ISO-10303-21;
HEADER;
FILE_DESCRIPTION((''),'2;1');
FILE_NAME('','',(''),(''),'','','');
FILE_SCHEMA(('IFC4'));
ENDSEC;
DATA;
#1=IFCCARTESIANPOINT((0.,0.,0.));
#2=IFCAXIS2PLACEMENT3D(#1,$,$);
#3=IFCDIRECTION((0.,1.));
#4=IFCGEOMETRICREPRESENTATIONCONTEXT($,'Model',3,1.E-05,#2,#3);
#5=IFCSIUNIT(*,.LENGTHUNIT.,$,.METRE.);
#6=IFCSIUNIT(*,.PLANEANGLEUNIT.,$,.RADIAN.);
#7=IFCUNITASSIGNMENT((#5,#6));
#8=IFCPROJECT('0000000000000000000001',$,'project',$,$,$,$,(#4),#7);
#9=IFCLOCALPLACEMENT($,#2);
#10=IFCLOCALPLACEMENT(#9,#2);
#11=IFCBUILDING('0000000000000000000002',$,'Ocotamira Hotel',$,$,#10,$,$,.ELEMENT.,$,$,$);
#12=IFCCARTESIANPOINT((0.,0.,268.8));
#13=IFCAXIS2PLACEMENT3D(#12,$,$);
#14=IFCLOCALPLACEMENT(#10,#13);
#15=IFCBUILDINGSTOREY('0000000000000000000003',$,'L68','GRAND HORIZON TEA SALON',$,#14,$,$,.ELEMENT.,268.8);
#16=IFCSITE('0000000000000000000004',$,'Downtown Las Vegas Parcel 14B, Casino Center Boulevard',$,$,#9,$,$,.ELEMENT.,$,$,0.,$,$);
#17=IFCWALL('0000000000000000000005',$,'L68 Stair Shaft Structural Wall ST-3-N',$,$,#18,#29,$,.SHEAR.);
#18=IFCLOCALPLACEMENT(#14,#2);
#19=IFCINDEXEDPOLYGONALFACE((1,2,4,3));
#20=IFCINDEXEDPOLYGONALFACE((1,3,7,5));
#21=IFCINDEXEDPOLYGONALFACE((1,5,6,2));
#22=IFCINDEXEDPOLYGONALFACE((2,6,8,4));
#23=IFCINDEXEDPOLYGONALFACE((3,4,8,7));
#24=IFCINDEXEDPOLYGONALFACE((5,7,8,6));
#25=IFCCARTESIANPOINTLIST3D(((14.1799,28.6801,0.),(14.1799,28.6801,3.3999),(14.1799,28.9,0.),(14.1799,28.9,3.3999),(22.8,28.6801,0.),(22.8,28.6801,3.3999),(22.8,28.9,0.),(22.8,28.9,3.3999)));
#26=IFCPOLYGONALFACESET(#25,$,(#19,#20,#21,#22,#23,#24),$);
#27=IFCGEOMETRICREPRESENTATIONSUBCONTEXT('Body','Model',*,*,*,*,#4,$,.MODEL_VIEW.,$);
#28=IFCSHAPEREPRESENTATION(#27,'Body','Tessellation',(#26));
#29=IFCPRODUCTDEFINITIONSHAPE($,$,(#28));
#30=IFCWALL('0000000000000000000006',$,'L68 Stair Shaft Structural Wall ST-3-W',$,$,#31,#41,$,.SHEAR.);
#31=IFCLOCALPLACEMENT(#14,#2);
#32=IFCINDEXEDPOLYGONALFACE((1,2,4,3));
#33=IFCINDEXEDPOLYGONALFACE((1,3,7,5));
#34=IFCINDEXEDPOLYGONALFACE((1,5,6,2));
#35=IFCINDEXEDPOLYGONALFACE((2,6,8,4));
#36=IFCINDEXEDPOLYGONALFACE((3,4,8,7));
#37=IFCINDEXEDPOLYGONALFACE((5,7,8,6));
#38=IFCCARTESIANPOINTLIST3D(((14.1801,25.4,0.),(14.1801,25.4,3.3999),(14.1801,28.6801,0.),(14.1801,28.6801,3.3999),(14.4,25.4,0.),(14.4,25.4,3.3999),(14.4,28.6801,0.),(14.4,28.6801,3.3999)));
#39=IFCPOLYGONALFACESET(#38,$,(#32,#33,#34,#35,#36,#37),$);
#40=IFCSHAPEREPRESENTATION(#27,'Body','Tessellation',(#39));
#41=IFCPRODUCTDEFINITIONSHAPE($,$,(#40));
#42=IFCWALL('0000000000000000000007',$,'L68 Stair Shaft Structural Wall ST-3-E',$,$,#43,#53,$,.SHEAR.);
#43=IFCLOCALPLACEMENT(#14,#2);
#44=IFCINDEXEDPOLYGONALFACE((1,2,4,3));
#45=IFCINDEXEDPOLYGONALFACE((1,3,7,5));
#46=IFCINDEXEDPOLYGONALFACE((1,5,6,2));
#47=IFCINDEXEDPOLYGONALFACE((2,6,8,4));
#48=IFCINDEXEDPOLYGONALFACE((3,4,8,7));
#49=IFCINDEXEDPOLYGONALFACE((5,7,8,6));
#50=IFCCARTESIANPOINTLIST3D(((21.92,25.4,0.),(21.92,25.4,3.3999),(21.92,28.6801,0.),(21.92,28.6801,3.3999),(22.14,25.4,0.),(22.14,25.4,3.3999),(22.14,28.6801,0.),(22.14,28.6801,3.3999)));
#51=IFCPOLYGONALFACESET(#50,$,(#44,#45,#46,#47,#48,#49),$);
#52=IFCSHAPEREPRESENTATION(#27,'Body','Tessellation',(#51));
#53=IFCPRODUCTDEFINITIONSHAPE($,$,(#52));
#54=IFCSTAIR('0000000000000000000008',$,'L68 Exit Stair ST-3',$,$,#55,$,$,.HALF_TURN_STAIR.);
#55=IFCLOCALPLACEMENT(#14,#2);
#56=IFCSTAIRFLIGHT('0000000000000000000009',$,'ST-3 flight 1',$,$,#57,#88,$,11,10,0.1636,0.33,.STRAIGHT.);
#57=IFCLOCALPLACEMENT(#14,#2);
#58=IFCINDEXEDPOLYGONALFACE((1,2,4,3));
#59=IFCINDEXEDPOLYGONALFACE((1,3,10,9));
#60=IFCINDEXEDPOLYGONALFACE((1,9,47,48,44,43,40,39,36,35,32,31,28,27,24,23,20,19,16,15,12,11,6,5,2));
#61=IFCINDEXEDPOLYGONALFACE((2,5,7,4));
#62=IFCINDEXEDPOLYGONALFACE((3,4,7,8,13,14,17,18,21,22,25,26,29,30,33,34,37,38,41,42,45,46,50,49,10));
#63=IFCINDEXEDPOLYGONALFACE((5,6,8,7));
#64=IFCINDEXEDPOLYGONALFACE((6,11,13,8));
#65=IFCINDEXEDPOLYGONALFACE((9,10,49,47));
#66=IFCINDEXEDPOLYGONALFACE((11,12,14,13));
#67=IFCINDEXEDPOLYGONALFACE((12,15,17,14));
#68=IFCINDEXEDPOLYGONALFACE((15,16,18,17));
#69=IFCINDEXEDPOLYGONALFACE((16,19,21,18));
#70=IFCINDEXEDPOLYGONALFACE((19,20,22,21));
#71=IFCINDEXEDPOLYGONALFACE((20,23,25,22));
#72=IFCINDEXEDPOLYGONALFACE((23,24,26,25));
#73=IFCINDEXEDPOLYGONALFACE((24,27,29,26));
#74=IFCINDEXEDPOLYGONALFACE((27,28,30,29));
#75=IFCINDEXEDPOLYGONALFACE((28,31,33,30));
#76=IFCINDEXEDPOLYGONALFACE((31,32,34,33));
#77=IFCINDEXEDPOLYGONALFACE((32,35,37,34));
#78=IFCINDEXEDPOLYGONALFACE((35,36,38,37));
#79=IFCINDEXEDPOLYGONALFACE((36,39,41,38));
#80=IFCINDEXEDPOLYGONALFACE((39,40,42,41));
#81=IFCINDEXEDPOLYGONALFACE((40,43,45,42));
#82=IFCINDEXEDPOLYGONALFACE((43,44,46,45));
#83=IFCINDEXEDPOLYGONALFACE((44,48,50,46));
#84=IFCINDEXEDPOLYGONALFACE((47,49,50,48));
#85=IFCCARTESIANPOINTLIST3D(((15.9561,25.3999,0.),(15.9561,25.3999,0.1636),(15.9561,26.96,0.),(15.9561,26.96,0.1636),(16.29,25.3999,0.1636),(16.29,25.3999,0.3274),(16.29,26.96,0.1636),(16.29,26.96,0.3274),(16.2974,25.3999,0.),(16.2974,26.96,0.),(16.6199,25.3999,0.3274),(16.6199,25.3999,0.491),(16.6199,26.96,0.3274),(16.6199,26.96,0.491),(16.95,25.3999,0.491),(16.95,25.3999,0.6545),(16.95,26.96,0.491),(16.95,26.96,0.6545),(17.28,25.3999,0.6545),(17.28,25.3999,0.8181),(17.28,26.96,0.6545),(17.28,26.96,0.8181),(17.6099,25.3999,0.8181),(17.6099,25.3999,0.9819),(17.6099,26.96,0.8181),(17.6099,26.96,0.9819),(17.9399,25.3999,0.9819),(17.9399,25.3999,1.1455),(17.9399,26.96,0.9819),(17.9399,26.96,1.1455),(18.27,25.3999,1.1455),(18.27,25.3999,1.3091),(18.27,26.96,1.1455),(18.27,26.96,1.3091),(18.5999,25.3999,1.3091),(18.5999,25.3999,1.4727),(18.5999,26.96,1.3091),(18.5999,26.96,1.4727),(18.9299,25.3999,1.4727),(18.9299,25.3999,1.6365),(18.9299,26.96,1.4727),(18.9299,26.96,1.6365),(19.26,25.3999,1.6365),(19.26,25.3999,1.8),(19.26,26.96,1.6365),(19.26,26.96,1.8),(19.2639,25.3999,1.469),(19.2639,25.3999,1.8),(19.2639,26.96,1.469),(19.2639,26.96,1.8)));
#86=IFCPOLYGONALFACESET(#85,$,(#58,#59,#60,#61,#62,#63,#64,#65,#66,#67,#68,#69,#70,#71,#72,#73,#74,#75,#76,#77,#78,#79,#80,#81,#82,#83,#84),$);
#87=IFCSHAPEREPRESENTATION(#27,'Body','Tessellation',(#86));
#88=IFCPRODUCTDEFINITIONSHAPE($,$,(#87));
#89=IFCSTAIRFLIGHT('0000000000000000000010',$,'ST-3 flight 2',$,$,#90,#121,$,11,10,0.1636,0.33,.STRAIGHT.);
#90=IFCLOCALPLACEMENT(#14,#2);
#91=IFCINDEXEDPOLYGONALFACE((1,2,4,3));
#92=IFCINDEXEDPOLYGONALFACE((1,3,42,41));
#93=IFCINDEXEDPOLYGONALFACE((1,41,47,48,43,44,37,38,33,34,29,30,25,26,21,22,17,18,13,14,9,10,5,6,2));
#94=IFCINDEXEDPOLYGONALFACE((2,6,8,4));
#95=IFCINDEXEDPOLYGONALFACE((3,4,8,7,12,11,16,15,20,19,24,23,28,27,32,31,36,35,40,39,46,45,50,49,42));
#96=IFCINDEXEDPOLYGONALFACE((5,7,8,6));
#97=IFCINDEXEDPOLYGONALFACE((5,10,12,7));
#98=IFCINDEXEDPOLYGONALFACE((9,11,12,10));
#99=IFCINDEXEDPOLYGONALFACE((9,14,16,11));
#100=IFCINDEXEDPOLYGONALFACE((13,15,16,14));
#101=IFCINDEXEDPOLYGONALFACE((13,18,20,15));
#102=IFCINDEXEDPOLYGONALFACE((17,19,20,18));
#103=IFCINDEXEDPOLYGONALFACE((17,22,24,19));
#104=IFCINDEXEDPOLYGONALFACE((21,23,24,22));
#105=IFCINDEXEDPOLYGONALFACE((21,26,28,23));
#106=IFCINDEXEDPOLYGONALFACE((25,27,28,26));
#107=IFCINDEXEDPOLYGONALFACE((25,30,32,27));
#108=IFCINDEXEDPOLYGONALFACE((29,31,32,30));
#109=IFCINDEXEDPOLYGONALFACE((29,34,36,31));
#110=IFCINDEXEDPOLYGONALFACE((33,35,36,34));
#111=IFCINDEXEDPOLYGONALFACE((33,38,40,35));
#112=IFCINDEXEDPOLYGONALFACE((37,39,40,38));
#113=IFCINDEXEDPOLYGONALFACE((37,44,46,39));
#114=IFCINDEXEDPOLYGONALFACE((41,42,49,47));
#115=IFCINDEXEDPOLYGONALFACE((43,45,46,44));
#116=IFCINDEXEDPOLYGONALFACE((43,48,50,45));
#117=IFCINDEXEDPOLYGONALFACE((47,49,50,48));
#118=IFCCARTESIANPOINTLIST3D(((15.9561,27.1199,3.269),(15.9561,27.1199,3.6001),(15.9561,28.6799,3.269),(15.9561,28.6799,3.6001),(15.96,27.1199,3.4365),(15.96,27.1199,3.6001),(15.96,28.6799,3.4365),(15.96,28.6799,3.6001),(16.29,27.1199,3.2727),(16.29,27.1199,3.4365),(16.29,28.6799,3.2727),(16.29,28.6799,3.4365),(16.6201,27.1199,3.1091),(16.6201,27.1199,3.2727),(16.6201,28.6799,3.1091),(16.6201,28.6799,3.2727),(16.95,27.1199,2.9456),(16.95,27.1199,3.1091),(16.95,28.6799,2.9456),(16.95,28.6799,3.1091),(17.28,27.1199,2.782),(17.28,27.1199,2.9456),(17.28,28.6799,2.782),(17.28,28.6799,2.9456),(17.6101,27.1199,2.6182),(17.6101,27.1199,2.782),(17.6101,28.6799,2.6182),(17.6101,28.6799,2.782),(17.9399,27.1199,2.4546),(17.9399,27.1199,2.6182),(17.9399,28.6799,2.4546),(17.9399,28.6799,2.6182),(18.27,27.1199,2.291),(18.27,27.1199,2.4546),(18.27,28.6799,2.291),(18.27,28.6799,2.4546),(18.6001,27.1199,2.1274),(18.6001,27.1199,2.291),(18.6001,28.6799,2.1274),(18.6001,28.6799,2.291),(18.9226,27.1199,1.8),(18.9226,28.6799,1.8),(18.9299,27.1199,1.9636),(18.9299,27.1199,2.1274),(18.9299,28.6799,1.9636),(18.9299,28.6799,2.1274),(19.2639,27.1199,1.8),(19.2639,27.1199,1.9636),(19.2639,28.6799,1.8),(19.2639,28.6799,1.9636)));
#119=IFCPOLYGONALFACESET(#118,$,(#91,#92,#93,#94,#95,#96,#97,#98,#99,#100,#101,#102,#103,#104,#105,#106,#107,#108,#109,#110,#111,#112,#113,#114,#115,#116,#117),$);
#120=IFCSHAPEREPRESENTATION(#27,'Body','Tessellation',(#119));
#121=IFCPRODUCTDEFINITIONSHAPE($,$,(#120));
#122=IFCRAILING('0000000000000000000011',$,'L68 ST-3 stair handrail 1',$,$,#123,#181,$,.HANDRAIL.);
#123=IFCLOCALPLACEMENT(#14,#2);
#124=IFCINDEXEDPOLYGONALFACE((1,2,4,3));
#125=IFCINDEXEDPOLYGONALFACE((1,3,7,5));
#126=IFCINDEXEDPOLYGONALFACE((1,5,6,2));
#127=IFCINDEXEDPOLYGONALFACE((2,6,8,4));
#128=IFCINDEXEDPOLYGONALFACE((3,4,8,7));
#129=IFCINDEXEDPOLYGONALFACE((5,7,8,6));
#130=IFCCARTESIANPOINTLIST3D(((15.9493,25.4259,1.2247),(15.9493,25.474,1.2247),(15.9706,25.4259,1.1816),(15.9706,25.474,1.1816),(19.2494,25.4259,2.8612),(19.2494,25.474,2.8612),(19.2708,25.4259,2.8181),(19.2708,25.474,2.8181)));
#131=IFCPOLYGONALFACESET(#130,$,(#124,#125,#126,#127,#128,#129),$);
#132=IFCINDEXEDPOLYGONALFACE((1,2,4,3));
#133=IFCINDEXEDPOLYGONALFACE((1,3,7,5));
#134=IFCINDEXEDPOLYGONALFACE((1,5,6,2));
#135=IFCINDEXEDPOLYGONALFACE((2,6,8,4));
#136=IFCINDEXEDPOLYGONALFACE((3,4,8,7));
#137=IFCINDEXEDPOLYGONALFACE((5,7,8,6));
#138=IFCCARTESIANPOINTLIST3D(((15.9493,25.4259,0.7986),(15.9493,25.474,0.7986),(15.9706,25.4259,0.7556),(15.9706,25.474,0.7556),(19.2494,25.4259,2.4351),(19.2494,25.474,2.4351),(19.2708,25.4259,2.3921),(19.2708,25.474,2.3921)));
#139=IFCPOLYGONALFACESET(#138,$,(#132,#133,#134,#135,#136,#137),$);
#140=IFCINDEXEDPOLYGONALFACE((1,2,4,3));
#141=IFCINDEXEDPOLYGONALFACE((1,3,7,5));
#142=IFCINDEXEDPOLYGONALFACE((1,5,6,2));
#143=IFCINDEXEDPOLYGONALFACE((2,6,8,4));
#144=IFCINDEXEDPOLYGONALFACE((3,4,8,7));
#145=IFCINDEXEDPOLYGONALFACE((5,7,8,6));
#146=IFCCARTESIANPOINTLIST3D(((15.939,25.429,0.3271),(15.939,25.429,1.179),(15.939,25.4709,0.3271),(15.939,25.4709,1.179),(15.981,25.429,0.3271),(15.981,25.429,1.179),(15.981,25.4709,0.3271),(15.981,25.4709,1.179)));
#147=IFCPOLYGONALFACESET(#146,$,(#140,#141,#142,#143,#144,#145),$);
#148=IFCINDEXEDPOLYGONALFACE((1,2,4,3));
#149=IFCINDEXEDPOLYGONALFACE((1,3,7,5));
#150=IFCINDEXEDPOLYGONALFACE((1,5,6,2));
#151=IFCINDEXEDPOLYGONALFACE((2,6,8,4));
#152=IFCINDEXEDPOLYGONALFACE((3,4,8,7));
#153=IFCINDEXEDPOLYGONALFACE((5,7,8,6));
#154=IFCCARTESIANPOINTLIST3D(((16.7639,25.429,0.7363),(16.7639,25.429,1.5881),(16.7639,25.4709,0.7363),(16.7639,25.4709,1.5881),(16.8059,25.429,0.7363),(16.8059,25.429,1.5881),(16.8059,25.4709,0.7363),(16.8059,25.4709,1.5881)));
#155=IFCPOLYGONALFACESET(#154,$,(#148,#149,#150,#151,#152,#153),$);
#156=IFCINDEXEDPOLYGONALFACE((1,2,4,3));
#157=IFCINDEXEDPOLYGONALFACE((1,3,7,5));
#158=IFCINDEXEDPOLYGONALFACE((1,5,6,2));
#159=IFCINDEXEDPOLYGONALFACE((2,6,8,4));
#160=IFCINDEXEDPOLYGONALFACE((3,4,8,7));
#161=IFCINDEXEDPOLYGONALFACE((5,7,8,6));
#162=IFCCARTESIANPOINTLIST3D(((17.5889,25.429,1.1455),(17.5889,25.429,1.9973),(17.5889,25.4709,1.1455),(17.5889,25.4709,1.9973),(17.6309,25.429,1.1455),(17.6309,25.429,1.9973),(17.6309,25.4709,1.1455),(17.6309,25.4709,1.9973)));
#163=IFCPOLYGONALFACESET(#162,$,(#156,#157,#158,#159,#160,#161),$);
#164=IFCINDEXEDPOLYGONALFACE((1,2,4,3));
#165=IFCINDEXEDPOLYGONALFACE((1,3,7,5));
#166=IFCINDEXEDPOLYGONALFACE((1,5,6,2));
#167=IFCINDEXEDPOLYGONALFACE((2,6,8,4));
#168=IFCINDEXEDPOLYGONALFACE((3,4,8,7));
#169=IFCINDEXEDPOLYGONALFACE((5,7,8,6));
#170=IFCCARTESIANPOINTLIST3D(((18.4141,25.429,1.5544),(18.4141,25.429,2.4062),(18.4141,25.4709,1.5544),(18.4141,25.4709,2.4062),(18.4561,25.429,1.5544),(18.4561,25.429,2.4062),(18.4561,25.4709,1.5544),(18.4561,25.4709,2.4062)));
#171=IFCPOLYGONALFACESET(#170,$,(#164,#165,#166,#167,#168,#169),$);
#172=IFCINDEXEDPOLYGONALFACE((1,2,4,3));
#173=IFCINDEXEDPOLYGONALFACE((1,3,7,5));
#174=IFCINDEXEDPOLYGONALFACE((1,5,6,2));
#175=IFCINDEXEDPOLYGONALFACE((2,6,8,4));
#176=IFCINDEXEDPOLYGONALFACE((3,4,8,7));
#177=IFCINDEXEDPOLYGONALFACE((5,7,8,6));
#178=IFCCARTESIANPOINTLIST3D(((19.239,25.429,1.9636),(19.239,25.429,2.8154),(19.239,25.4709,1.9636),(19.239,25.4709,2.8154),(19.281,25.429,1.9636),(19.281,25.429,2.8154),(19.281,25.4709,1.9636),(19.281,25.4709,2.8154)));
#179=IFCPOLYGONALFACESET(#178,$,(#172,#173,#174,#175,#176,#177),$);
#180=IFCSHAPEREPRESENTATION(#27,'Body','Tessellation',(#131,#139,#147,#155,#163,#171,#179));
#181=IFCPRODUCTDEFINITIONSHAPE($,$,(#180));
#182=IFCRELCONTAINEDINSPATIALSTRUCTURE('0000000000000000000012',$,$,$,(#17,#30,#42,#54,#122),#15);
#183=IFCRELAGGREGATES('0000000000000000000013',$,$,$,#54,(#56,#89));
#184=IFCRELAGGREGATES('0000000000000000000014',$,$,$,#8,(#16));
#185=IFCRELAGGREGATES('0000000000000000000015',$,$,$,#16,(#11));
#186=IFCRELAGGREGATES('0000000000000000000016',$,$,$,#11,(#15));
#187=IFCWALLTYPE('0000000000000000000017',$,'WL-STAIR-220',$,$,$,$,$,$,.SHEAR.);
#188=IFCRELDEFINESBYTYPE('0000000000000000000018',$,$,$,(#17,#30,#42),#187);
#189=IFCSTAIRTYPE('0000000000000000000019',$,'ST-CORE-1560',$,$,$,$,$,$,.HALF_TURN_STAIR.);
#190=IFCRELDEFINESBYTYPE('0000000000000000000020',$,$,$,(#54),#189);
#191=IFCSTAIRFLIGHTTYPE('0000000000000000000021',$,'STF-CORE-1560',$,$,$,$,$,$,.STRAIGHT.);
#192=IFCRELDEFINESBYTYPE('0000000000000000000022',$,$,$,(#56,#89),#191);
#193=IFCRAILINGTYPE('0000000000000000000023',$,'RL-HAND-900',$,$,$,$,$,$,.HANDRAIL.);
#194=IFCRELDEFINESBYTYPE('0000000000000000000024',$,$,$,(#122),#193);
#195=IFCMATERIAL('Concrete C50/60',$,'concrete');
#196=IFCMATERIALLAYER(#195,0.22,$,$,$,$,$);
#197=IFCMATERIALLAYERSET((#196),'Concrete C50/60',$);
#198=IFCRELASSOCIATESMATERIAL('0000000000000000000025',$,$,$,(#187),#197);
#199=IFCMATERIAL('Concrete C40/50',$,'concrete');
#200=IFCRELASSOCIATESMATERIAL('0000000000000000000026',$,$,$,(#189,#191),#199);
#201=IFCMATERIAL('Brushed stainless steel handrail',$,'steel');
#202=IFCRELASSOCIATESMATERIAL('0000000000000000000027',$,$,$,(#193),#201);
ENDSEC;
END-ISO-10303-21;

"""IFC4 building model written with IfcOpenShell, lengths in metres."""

from ifc_helpers import new_model, si_unit, direction, frame, frame_2d, origin, origin_2d, place, context, subcontext, project, spatial, polyline, rectangle, outline, extrude, source, transform, mapped, material, layer, layer_set, type_object, element, aggregate, save


model = new_model("IFC4")

# Units and contexts
model_context = context("Model", 3, precision=1e-05, world=origin(), true_north=direction((0.0, 1.0)))
body_context = subcontext(model_context, "Body", "Model", "MODEL_VIEW")
ifc_project = project(units=[si_unit("LENGTHUNIT", "METRE"), si_unit("PLANEANGLEUNIT", "RADIAN")], contexts=[model_context])

# Site, building, storey
site_placement = place(None, origin())
site = spatial("IfcSite", under=ifc_project, at=site_placement, Name="Downtown Las Vegas Parcel 14B, Casino Center Boulevard", CompositionType="ELEMENT", RefElevation=0.0)
building_placement = place(site_placement, origin())
building = spatial("IfcBuilding", under=site, at=building_placement, Name="Ocotamira Hotel", CompositionType="ELEMENT")
storey_placement = place(building_placement, frame((0.0, 0.0, 268.8)))
storey = spatial("IfcBuildingStorey", under=building, at=storey_placement, Name="L68", Description="GRAND HORIZON TEA SALON", CompositionType="ELEMENT", Elevation=268.8)

# Walls
ifc_material_1 = material(Name="Concrete C50/60", Category="concrete")
ifc_layer_1 = layer(ifc_material_1, 0.22)
ifc_layer_set_1 = layer_set([ifc_layer_1], Name="Concrete C50/60")
wall_type_1 = type_object("IfcWallType", Name="WL-STAIR-220", PredefinedType="SHEAR", material=ifc_layer_set_1)
wall_1_placement = place(storey_placement, frame((14.1799, 28.79, 0.0), z_axis=(0.0, 0.0, 1.0), x_axis=(1.0, 0.0, 0.0)))
element("IfcWall", 1, at=wall_1_placement, inside=storey, type_object=wall_type_1, Name="L68 Stair Shaft Structural Wall ST-3-N", PredefinedType="SHEAR", context=body_context, shape_type="SweptSolid", body=[
    extrude(rectangle(XDim=8.6201, YDim=0.22, at=frame_2d((4.3101, 0.0))), origin(), (0.0, 0.0, 1.0), 3.3999),
])
for number, where, z_axis, x_axis, name in (
    (2, (14.29, 25.3999, 0.0), (0.0, 0.0, 1.0), (0.0, 1.0, 0.0), "L68 Stair Shaft Structural Wall ST-3-W"),
    (3, (22.03, 25.3999, 0.0), (0.0, 0.0, 1.0), (0.0, 1.0, 0.0), "L68 Stair Shaft Structural Wall ST-3-E"),
):
    element("IfcWall", number, at=place(storey_placement, frame(where, z_axis=z_axis, x_axis=x_axis)), inside=storey, type_object=wall_type_1, Name=name, PredefinedType="SHEAR", context=body_context, shape_type="SweptSolid", body=[
        extrude(rectangle(XDim=3.28, YDim=0.22, at=frame_2d((1.6401, 0.0))), origin(), (0.0, 0.0, 1.0), 3.3999),
    ])

# Stair, stair flights
ifc_material_2 = material(Name="Concrete C40/50", Category="concrete")
stair_type = type_object("IfcStairType", Name="ST-CORE-1560", PredefinedType="HALF_TURN_STAIR", material=ifc_material_2)
stair_placement = place(storey_placement, origin())
stair = element("IfcStair", 4, at=stair_placement, inside=storey, type_object=stair_type, Name="L68 Exit Stair ST-3", PredefinedType="HALF_TURN_STAIR")
stair_flight_type = type_object("IfcStairFlightType", Name="STF-CORE-1560", PredefinedType="STRAIGHT", material=ifc_material_2)
shared_shape_1 = source(origin(), body_context, "Body", "SweptSolid", [
    extrude(outline(polyline([(-0.0039, 0.0), (-0.0039, 0.1636), (0.3301, 0.1636), (0.3301, 0.3274), (0.6599, 0.3274), (0.6599, 0.491), (0.99, 0.491), (0.99, 0.6545), (1.3201, 0.6545), (1.3201, 0.8181), (1.6499, 0.8181), (1.6499, 0.9819), (1.98, 0.9819), (1.98, 1.1455), (2.3101, 1.1455), (2.3101, 1.3091), (2.6399, 1.3091), (2.6399, 1.4727), (2.97, 1.4727), (2.97, 1.6365), (3.3, 1.6365), (3.3, 1.8), (3.304, 1.8), (3.304, 1.469), (0.3374, 0.0), (-0.0039, 0.0)])), frame((0.0, 0.78, 0.0), z_axis=(0.0, -1.0, 0.0), x_axis=(1.0, 0.0, 0.0)), (0.0, 0.0, 1.0), 1.5601),
])
stair_flight_1_placement = place(storey_placement, frame((15.96, 26.1799, 0.0), z_axis=(0.0, 0.0, 1.0), x_axis=(1.0, 0.0, 0.0)))
stair_flight_1 = element("IfcStairFlight", 5, at=stair_flight_1_placement, type_object=stair_flight_type, Name="ST-3 flight 1", NumberOfRisers=11, NumberOfTreads=10, PredefinedType="STRAIGHT", RiserHeight=0.1636, TreadLength=0.33, context=body_context, shape_type="MappedRepresentation", body=[
    mapped(shared_shape_1, transform((0.0, 0.0, 0.0), scale=1.0)),
])
stair_flight_2_placement = place(storey_placement, frame((19.26, 27.8999, 1.8), z_axis=(0.0, 0.0, 1.0), x_axis=(-1.0, 0.0, 0.0)))
stair_flight_2 = element("IfcStairFlight", 6, at=stair_flight_2_placement, type_object=stair_flight_type, Name="ST-3 flight 2", NumberOfRisers=11, NumberOfTreads=10, PredefinedType="STRAIGHT", RiserHeight=0.1636, TreadLength=0.33, context=body_context, shape_type="MappedRepresentation", body=[
    mapped(shared_shape_1, transform((0.0, 0.0, 0.0), scale=1.0)),
])
aggregate(stair, [stair_flight_1, stair_flight_2])

# Railing
ifc_material_3 = material(Name="Brushed stainless steel handrail", Category="steel")
railing_type_1 = type_object("IfcRailingType", Name="RL-HAND-900", PredefinedType="HANDRAIL", material=ifc_material_3)
railing_1_placement = place(storey_placement, frame((15.96, 25.45, 0.3271)))
element("IfcRailing", 7, at=railing_1_placement, inside=storey, type_object=railing_type_1, Name="L68 ST-3 stair handrail 1", PredefinedType="HANDRAIL", context=body_context, shape_type="SweptSolid", body=[
    extrude(rectangle(XDim=0.0481, YDim=0.0481, at=origin_2d()), frame((0.0, 0.0, 0.876), z_axis=(0.895894, 0.0, 0.444268), x_axis=(0.0, 1.0, 0.0)), (0.0, 0.0, 1.0), 3.6836),
    extrude(rectangle(XDim=0.0481, YDim=0.0481, at=origin_2d()), frame((0.0, 0.0, 0.45), z_axis=(0.895894, 0.0, 0.444268), x_axis=(0.0, 1.0, 0.0)), (0.0, 0.0, 1.0), 3.6836),
    extrude(rectangle(XDim=0.042, YDim=0.042, at=origin_2d()), origin(), (0.0, 0.0, 1.0), 0.8518),
    extrude(rectangle(XDim=0.042, YDim=0.042, at=origin_2d()), frame((0.825, 0.0, 0.4092)), (0.0, 0.0, 1.0), 0.8518),
    extrude(rectangle(XDim=0.042, YDim=0.042, at=origin_2d()), frame((1.6499, 0.0, 0.8184)), (0.0, 0.0, 1.0), 0.8518),
    extrude(rectangle(XDim=0.042, YDim=0.042, at=origin_2d()), frame((2.4751, 0.0, 1.2273)), (0.0, 0.0, 1.0), 0.8518),
    extrude(rectangle(XDim=0.042, YDim=0.042, at=origin_2d()), frame((3.3, 0.0, 1.6365)), (0.0, 0.0, 1.0), 0.8518),
])

save(model, "model.ifc")
